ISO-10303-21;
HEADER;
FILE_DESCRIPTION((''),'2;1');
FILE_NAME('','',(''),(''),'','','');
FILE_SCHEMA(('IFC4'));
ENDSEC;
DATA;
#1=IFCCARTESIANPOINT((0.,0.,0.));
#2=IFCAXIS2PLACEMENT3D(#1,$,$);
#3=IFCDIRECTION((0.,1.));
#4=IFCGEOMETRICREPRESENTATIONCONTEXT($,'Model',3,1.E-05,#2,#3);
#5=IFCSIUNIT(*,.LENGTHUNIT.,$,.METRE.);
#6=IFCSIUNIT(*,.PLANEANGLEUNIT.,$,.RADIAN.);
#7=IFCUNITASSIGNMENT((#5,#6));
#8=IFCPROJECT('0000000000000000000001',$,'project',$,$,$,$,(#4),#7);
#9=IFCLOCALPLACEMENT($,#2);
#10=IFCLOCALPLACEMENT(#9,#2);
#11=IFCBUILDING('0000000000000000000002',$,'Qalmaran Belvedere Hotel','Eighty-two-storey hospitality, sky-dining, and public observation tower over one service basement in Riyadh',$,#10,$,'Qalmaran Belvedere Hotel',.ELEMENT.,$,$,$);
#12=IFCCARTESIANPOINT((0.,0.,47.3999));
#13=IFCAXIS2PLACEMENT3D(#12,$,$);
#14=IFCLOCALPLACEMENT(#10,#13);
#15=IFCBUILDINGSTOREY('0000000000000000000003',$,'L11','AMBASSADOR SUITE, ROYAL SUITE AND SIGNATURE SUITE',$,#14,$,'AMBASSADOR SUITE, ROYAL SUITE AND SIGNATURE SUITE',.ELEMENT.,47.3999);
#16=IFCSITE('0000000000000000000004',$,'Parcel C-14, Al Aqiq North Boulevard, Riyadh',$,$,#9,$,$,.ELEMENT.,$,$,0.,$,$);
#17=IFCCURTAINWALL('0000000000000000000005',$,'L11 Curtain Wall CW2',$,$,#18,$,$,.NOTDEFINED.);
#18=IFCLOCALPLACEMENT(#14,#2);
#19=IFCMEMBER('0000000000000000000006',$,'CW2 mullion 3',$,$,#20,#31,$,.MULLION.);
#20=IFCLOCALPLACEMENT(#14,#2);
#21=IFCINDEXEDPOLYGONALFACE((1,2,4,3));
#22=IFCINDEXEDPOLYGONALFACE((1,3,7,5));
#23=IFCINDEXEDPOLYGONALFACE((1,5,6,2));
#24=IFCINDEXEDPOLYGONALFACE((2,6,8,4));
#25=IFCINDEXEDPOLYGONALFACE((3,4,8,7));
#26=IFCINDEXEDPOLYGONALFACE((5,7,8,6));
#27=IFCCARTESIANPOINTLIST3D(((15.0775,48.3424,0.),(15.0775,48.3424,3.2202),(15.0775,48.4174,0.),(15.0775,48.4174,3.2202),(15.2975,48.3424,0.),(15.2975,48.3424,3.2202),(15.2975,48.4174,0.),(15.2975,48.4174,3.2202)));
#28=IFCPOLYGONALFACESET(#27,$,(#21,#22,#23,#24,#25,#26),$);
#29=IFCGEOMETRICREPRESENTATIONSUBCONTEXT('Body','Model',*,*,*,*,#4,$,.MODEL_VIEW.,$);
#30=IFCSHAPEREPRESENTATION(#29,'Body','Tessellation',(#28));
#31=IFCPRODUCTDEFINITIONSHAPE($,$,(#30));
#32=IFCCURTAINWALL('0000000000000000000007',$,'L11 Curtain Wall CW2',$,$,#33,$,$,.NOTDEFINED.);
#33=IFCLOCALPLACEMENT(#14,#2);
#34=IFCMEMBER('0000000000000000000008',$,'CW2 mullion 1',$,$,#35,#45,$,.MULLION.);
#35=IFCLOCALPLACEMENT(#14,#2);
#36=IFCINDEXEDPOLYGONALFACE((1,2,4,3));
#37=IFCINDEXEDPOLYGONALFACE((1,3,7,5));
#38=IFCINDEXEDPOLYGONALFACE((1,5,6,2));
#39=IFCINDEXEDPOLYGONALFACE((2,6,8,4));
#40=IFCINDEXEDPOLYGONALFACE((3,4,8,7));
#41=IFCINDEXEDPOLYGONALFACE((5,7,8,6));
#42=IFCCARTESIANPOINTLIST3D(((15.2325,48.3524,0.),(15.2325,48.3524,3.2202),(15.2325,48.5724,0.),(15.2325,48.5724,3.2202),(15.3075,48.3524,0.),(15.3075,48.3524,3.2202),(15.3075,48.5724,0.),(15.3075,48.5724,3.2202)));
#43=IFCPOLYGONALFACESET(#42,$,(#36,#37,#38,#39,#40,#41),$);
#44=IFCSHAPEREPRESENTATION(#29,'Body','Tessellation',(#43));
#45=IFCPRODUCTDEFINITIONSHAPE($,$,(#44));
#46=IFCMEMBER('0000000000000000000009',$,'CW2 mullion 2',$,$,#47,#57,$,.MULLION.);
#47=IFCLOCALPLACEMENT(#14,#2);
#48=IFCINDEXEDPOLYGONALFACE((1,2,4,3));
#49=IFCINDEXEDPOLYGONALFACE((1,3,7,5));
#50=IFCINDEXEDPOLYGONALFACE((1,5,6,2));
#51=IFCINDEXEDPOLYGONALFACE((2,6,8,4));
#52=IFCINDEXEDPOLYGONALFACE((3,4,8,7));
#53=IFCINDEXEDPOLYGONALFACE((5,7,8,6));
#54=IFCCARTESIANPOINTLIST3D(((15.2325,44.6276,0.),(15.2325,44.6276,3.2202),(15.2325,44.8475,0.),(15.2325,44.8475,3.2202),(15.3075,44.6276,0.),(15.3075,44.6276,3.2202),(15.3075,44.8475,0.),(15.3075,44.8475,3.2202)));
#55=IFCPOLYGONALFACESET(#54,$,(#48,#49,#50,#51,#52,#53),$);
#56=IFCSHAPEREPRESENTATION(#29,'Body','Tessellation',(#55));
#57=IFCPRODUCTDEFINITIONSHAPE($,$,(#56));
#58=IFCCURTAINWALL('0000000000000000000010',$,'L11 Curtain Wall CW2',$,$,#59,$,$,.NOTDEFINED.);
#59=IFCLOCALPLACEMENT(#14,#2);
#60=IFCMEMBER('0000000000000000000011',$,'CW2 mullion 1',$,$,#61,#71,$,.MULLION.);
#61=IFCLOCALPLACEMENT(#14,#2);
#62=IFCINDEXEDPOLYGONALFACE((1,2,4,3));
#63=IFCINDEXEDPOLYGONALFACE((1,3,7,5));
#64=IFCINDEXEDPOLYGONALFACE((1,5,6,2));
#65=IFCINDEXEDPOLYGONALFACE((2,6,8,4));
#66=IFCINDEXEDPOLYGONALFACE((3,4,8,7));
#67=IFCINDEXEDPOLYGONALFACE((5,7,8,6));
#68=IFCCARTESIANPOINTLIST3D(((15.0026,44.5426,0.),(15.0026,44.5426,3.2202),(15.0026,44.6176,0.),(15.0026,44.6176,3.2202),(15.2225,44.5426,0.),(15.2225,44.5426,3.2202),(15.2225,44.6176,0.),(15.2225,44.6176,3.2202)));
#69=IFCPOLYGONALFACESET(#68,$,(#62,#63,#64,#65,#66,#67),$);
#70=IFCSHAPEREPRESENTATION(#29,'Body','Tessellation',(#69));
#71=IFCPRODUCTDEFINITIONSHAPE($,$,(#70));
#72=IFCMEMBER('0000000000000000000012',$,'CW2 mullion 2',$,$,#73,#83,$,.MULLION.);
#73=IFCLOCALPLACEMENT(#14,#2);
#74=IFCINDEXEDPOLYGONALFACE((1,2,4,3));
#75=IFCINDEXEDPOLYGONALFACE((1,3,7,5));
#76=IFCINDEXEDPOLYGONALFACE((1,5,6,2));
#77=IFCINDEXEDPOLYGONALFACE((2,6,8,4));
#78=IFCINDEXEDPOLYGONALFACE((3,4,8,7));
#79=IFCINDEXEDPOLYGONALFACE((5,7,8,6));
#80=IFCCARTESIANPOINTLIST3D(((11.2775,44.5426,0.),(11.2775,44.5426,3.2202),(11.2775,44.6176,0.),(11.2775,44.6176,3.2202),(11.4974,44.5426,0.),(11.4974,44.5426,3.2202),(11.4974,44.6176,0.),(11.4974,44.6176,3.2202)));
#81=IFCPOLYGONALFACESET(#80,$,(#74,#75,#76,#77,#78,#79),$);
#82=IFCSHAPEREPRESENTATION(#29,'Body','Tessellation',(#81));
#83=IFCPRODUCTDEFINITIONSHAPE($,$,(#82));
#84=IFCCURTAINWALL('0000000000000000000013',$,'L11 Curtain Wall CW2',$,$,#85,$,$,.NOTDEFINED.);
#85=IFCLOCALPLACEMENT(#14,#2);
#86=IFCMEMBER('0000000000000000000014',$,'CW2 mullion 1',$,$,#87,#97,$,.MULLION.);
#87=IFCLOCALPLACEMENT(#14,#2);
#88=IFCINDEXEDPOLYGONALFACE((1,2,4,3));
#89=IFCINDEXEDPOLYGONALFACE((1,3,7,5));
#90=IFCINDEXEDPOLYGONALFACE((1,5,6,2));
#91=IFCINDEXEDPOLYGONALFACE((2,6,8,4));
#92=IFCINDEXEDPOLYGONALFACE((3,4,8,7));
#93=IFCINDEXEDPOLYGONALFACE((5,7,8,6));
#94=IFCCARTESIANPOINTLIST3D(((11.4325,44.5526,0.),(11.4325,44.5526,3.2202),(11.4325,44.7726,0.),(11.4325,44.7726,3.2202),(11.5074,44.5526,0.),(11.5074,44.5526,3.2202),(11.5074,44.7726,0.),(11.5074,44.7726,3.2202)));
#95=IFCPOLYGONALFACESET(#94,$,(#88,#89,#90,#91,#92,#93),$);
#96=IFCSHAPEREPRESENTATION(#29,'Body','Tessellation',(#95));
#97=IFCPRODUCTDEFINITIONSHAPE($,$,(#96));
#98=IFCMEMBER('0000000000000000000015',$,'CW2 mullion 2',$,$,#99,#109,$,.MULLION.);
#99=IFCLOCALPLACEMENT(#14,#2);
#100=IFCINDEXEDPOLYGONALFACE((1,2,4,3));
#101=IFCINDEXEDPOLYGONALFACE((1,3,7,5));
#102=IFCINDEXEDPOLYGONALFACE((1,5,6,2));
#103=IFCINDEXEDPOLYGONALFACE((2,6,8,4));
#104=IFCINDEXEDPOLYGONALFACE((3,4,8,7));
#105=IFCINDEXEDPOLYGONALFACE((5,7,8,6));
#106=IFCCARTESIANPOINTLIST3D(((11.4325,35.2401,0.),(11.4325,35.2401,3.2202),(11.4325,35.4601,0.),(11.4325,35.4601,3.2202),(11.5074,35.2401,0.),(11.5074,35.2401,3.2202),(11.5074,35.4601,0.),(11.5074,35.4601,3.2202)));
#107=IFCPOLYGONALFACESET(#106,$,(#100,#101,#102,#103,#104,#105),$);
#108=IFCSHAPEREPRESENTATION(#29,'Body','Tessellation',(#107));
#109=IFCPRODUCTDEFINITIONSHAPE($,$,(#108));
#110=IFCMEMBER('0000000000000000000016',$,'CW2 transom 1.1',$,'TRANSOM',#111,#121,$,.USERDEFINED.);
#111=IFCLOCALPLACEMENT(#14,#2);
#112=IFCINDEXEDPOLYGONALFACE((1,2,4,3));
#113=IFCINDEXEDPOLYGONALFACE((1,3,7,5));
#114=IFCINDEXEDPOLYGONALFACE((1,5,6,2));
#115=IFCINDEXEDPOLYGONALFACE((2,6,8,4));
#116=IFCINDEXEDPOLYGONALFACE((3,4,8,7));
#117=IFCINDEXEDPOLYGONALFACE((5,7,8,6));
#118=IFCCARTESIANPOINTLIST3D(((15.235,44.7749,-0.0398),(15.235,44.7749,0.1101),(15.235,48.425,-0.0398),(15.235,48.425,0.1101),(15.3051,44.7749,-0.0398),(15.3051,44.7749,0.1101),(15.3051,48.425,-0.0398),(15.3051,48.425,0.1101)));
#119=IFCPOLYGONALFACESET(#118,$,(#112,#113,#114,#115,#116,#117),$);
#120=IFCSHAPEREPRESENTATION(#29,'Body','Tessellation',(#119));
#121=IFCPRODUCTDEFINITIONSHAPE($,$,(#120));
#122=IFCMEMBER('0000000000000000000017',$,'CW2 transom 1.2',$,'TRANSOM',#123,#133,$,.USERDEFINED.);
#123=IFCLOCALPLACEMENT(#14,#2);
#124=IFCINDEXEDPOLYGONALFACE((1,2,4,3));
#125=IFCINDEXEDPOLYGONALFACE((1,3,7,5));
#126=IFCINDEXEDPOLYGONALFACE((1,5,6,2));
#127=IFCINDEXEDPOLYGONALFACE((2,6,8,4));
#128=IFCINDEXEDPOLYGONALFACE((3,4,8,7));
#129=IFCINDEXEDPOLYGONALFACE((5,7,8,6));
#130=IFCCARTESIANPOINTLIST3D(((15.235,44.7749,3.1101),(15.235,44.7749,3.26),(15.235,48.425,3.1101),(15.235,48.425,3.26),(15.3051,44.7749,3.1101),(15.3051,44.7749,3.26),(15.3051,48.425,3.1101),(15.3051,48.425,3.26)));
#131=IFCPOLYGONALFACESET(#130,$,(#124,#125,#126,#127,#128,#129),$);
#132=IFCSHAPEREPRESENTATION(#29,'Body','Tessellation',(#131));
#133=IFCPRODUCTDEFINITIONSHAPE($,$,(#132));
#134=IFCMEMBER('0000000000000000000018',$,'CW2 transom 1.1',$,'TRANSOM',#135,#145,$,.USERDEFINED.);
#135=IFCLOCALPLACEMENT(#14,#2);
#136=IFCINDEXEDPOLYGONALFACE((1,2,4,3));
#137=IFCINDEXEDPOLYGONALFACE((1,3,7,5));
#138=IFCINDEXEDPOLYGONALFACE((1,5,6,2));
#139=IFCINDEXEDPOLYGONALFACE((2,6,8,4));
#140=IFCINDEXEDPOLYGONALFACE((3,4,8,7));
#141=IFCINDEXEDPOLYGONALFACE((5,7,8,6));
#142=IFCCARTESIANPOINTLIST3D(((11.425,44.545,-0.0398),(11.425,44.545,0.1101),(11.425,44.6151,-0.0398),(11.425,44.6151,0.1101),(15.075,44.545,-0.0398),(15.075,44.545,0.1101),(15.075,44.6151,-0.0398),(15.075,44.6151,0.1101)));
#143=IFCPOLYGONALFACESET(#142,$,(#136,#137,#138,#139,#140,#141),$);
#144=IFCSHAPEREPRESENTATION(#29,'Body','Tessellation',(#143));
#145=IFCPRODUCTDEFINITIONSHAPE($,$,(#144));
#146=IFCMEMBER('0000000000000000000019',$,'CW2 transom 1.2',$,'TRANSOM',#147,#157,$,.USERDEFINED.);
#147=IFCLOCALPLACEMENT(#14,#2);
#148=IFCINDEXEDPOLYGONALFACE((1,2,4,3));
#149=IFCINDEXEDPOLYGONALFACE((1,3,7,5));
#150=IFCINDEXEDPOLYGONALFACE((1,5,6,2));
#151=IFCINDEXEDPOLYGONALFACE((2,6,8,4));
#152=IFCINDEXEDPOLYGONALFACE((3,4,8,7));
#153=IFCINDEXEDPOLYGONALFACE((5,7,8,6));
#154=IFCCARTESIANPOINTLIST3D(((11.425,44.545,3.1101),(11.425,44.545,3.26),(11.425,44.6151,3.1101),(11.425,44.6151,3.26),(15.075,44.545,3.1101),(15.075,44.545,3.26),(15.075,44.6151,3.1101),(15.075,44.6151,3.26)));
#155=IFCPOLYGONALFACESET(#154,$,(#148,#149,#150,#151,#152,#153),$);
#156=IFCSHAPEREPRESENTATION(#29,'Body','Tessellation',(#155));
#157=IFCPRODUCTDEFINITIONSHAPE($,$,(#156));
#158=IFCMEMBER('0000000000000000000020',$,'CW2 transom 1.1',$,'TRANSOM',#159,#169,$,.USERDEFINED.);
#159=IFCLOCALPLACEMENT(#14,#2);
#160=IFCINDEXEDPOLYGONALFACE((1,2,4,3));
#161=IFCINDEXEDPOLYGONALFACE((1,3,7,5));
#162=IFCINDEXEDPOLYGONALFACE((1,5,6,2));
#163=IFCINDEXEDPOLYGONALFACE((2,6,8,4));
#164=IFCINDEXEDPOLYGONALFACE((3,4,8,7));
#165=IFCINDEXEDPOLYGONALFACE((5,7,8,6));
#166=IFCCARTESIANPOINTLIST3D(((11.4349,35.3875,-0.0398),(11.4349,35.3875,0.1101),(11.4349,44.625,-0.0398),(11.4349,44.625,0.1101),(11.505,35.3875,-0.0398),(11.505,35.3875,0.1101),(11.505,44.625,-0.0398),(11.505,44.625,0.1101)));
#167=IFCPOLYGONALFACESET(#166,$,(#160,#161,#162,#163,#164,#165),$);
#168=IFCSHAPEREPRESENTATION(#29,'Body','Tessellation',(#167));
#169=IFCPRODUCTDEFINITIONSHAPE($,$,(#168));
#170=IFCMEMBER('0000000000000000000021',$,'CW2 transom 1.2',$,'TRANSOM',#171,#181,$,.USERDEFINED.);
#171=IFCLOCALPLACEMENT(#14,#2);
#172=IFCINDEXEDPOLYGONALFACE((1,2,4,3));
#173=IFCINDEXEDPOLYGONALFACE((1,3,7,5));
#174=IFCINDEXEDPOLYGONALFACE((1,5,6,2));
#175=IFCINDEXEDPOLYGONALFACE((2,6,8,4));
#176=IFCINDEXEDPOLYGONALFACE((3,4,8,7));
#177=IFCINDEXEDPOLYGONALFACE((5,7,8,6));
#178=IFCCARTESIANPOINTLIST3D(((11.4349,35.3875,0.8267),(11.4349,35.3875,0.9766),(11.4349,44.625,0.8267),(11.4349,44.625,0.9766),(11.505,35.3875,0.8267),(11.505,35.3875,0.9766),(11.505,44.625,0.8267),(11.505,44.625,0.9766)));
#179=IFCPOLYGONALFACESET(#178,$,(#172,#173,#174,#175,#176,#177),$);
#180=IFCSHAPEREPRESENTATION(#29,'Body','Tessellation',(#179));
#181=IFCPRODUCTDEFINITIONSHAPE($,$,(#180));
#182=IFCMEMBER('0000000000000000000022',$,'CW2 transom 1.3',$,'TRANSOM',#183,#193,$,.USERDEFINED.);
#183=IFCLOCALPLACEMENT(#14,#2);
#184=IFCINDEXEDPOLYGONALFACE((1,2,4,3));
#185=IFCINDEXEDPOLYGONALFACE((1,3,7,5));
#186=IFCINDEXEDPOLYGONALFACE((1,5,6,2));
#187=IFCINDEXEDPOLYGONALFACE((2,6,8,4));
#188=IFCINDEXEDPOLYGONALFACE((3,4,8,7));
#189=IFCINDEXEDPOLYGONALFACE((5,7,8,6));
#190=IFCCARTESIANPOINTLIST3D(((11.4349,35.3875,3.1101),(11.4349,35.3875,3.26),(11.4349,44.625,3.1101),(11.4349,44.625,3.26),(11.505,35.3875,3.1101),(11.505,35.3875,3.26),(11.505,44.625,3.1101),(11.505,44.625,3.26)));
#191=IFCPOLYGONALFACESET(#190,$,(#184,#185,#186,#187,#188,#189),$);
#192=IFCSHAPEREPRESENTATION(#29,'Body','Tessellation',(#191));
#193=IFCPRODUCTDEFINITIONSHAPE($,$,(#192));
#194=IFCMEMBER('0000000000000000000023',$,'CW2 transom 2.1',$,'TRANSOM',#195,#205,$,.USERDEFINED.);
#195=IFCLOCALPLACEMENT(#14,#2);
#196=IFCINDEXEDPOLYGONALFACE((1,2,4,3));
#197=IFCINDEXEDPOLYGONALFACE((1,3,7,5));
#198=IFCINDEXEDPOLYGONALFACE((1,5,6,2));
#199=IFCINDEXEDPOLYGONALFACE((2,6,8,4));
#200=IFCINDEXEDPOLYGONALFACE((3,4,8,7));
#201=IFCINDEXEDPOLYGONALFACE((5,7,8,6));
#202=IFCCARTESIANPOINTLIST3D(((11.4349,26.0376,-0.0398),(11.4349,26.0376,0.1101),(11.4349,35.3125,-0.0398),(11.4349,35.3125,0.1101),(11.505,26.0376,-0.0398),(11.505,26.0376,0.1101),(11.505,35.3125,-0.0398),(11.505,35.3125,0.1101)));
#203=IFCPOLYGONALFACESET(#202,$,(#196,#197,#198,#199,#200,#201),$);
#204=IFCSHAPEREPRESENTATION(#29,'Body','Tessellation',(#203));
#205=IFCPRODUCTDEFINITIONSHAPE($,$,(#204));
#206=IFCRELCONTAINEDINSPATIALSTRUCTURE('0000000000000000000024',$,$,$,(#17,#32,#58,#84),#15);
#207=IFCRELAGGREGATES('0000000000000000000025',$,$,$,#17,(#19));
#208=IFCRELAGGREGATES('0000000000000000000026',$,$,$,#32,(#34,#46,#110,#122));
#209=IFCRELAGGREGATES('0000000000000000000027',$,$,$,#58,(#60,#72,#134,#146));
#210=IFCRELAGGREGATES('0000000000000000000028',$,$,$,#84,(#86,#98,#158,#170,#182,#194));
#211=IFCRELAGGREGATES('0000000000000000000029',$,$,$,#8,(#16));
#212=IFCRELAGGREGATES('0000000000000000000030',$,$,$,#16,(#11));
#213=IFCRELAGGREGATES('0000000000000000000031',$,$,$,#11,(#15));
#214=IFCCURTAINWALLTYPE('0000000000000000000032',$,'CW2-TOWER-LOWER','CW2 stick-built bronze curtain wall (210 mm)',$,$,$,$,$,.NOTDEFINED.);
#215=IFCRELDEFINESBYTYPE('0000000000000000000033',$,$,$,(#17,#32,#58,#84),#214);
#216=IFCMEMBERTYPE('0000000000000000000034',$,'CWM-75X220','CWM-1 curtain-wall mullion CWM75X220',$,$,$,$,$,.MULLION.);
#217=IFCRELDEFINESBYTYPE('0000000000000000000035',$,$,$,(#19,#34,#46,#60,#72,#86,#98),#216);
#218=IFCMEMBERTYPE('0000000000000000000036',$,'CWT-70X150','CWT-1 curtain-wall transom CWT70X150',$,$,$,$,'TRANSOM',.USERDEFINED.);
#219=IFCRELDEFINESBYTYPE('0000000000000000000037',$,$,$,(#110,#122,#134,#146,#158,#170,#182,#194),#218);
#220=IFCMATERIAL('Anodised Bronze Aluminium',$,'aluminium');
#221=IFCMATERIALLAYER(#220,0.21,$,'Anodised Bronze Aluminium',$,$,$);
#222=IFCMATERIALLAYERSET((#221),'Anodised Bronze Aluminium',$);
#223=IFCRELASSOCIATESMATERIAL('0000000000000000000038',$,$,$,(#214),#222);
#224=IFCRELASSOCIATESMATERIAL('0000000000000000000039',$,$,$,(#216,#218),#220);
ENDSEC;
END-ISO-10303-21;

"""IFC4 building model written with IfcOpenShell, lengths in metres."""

from ifc_helpers import new_model, si_unit, direction, frame, origin, origin_2d, place, context, subcontext, project, spatial, rectangle, extrude, material, layer, layer_set, material_profile, profile_set, type_object, element, aggregate, save


model = new_model("IFC4")

# Units and contexts
model_context = context("Model", 3, precision=1e-05, world=origin(), true_north=direction((0.0, 1.0)))
body_context = subcontext(model_context, "Body", "Model", "MODEL_VIEW")
ifc_project = project(units=[si_unit("LENGTHUNIT", "METRE"), si_unit("PLANEANGLEUNIT", "RADIAN")], contexts=[model_context])

# Site, building, storey
site_placement = place(None, origin())
site = spatial("IfcSite", under=ifc_project, at=site_placement, Name="Parcel C-14, Al Aqiq North Boulevard, Riyadh", CompositionType="ELEMENT", RefElevation=0.0)
building_placement = place(site_placement, origin())
building = spatial("IfcBuilding", under=site, at=building_placement, Name="Qalmaran Belvedere Hotel", Description="Eighty-two-storey hospitality, sky-dining, and public observation tower over one service basement in Riyadh", LongName="Qalmaran Belvedere Hotel", CompositionType="ELEMENT")
storey_placement = place(building_placement, frame((0.0, 0.0, 47.3999)))
storey = spatial("IfcBuildingStorey", under=building, at=storey_placement, Name="L11", Description="AMBASSADOR SUITE, ROYAL SUITE AND SIGNATURE SUITE", LongName="AMBASSADOR SUITE, ROYAL SUITE AND SIGNATURE SUITE", CompositionType="ELEMENT", Elevation=47.3999)

# Curtain wall, member
ifc_material_1 = material(Name="Anodised Bronze Aluminium", Category="aluminium")
ifc_layer_1 = layer(ifc_material_1, 0.21, Name="Anodised Bronze Aluminium")
ifc_layer_set_1 = layer_set([ifc_layer_1], Name="Anodised Bronze Aluminium")
curtain_wall_type = type_object("IfcCurtainWallType", Name="CW2-TOWER-LOWER", Description="CW2 stick-built bronze curtain wall (210 mm)", PredefinedType="NOTDEFINED", material=ifc_layer_set_1)
curtain_wall_1_placement = place(storey_placement, origin())
curtain_wall_1 = element("IfcCurtainWall", 1, at=curtain_wall_1_placement, inside=storey, type_object=curtain_wall_type, Name="L11 Curtain Wall CW2", PredefinedType="NOTDEFINED")
ifc_material_profile_1 = material_profile(ifc_material_1, rectangle(XDim=0.075, YDim=0.22, at=origin_2d()), Name="CWM75X220")
ifc_profile_set_1 = profile_set([ifc_material_profile_1], Name="Anodised Bronze Aluminium")
member_type_1 = type_object("IfcMemberType", Name="CWM-75X220", Description="CWM-1 curtain-wall mullion CWM75X220", PredefinedType="MULLION", material=ifc_profile_set_1)
member_1_placement = place(storey_placement, frame((15.1875, 48.3799, 0.0), z_axis=(0.0, 0.0, 1.0), x_axis=(0.0, -1.0, 0.0)))
member_1 = element("IfcMember", 2, at=member_1_placement, type_object=member_type_1, Name="CW2 mullion 3", PredefinedType="MULLION", context=body_context, shape_type="SweptSolid", body=[
    extrude(rectangle(XDim=0.075, YDim=0.22, at=origin_2d()), origin(), (0.0, 0.0, 1.0), 3.2202),
])

# Curtain walls, members
curtain_wall_2_placement = place(storey_placement, origin())
curtain_wall_2 = element("IfcCurtainWall", 3, at=curtain_wall_2_placement, inside=storey, type_object=curtain_wall_type, Name="L11 Curtain Wall CW2", PredefinedType="NOTDEFINED")
member_2_placement = place(storey_placement, frame((15.27, 48.4624, 0.0), z_axis=(0.0, 0.0, 1.0), x_axis=(1.0, 0.0, 0.0)))
member_2 = element("IfcMember", 4, at=member_2_placement, type_object=member_type_1, Name="CW2 mullion 1", PredefinedType="MULLION", context=body_context, shape_type="SweptSolid", body=[
    extrude(rectangle(XDim=0.075, YDim=0.22, at=origin_2d()), origin(), (0.0, 0.0, 1.0), 3.2202),
])
member_3_placement = place(storey_placement, frame((15.27, 44.7375, 0.0), z_axis=(0.0, 0.0, 1.0), x_axis=(1.0, 0.0, 0.0)))
member_3 = element("IfcMember", 5, at=member_3_placement, type_object=member_type_1, Name="CW2 mullion 2", PredefinedType="MULLION", context=body_context, shape_type="SweptSolid", body=[
    extrude(rectangle(XDim=0.075, YDim=0.22, at=origin_2d()), origin(), (0.0, 0.0, 1.0), 3.2202),
])
curtain_wall_3_placement = place(storey_placement, origin())
curtain_wall_3 = element("IfcCurtainWall", 6, at=curtain_wall_3_placement, inside=storey, type_object=curtain_wall_type, Name="L11 Curtain Wall CW2", PredefinedType="NOTDEFINED")
member_4_placement = place(storey_placement, frame((15.1125, 44.5801, 0.0), z_axis=(0.0, 0.0, 1.0), x_axis=(0.0, -1.0, 0.0)))
member_4 = element("IfcMember", 7, at=member_4_placement, type_object=member_type_1, Name="CW2 mullion 1", PredefinedType="MULLION", context=body_context, shape_type="SweptSolid", body=[
    extrude(rectangle(XDim=0.075, YDim=0.22, at=origin_2d()), origin(), (0.0, 0.0, 1.0), 3.2202),
])
member_5_placement = place(storey_placement, frame((11.3875, 44.5801, 0.0), z_axis=(0.0, 0.0, 1.0), x_axis=(0.0, -1.0, 0.0)))
member_5 = element("IfcMember", 8, at=member_5_placement, type_object=member_type_1, Name="CW2 mullion 2", PredefinedType="MULLION", context=body_context, shape_type="SweptSolid", body=[
    extrude(rectangle(XDim=0.075, YDim=0.22, at=origin_2d()), origin(), (0.0, 0.0, 1.0), 3.2202),
])
curtain_wall_4_placement = place(storey_placement, origin())
curtain_wall_4 = element("IfcCurtainWall", 9, at=curtain_wall_4_placement, inside=storey, type_object=curtain_wall_type, Name="L11 Curtain Wall CW2", PredefinedType="NOTDEFINED")
member_6_placement = place(storey_placement, frame((11.47, 44.6626, 0.0), z_axis=(0.0, 0.0, 1.0), x_axis=(1.0, 0.0, 0.0)))
member_6 = element("IfcMember", 10, at=member_6_placement, type_object=member_type_1, Name="CW2 mullion 1", PredefinedType="MULLION", context=body_context, shape_type="SweptSolid", body=[
    extrude(rectangle(XDim=0.075, YDim=0.22, at=origin_2d()), origin(), (0.0, 0.0, 1.0), 3.2202),
])
member_7_placement = place(storey_placement, frame((11.47, 35.3501, 0.0), z_axis=(0.0, 0.0, 1.0), x_axis=(1.0, 0.0, 0.0)))
member_7 = element("IfcMember", 11, at=member_7_placement, type_object=member_type_1, Name="CW2 mullion 2", PredefinedType="MULLION", context=body_context, shape_type="SweptSolid", body=[
    extrude(rectangle(XDim=0.075, YDim=0.22, at=origin_2d()), origin(), (0.0, 0.0, 1.0), 3.2202),
])

# Members
ifc_material_profile_2 = material_profile(ifc_material_1, rectangle(XDim=0.0701, YDim=0.1499, at=origin_2d()), Name="CWT70X150")
ifc_profile_set_2 = profile_set([ifc_material_profile_2], Name="Anodised Bronze Aluminium")
member_type_2 = type_object("IfcMemberType", Name="CWT-70X150", Description="CWT-1 curtain-wall transom CWT70X150", ElementType="TRANSOM", PredefinedType="USERDEFINED", material=ifc_profile_set_2)
member_8_placement = place(storey_placement, frame((15.27, 48.425, 0.0352), z_axis=(0.0, -1.0, 0.0), x_axis=(1.0, 0.0, 0.0)))
member_8 = element("IfcMember", 12, at=member_8_placement, type_object=member_type_2, Name="CW2 transom 1.1", ObjectType="TRANSOM", PredefinedType="USERDEFINED", context=body_context, shape_type="SweptSolid", body=[
    extrude(rectangle(XDim=0.0701, YDim=0.1499, at=origin_2d()), origin(), (0.0, 0.0, 1.0), 3.6501),
])
member_9_placement = place(storey_placement, frame((15.27, 48.425, 3.1851), z_axis=(0.0, -1.0, 0.0), x_axis=(1.0, 0.0, 0.0)))
member_9 = element("IfcMember", 13, at=member_9_placement, type_object=member_type_2, Name="CW2 transom 1.2", ObjectType="TRANSOM", PredefinedType="USERDEFINED", context=body_context, shape_type="SweptSolid", body=[
    extrude(rectangle(XDim=0.0701, YDim=0.1499, at=origin_2d()), origin(), (0.0, 0.0, 1.0), 3.6501),
])
member_10_placement = place(storey_placement, frame((15.075, 44.5801, 0.0352), z_axis=(-1.0, 0.0, 0.0), x_axis=(0.0, -1.0, 0.0)))
member_10 = element("IfcMember", 14, at=member_10_placement, type_object=member_type_2, Name="CW2 transom 1.1", ObjectType="TRANSOM", PredefinedType="USERDEFINED", context=body_context, shape_type="SweptSolid", body=[
    extrude(rectangle(XDim=0.0701, YDim=0.1499, at=origin_2d()), origin(), (0.0, 0.0, 1.0), 3.6499),
])
member_11_placement = place(storey_placement, frame((15.075, 44.5801, 3.1851), z_axis=(-1.0, 0.0, 0.0), x_axis=(0.0, -1.0, 0.0)))
member_11 = element("IfcMember", 15, at=member_11_placement, type_object=member_type_2, Name="CW2 transom 1.2", ObjectType="TRANSOM", PredefinedType="USERDEFINED", context=body_context, shape_type="SweptSolid", body=[
    extrude(rectangle(XDim=0.0701, YDim=0.1499, at=origin_2d()), origin(), (0.0, 0.0, 1.0), 3.6499),
])
member_12_placement = place(storey_placement, frame((11.47, 44.625, 0.0352), z_axis=(0.0, -1.0, 0.0), x_axis=(1.0, 0.0, 0.0)))
member_12 = element("IfcMember", 16, at=member_12_placement, type_object=member_type_2, Name="CW2 transom 1.1", ObjectType="TRANSOM", PredefinedType="USERDEFINED", context=body_context, shape_type="SweptSolid", body=[
    extrude(rectangle(XDim=0.0701, YDim=0.1499, at=origin_2d()), origin(), (0.0, 0.0, 1.0), 9.2375),
])
member_13_placement = place(storey_placement, frame((11.47, 44.625, 0.9016), z_axis=(0.0, -1.0, 0.0), x_axis=(1.0, 0.0, 0.0)))
member_13 = element("IfcMember", 17, at=member_13_placement, type_object=member_type_2, Name="CW2 transom 1.2", ObjectType="TRANSOM", PredefinedType="USERDEFINED", context=body_context, shape_type="SweptSolid", body=[
    extrude(rectangle(XDim=0.0701, YDim=0.1499, at=origin_2d()), origin(), (0.0, 0.0, 1.0), 9.2375),
])
member_14_placement = place(storey_placement, frame((11.47, 44.625, 3.1851), z_axis=(0.0, -1.0, 0.0), x_axis=(1.0, 0.0, 0.0)))
member_14 = element("IfcMember", 18, at=member_14_placement, type_object=member_type_2, Name="CW2 transom 1.3", ObjectType="TRANSOM", PredefinedType="USERDEFINED", context=body_context, shape_type="SweptSolid", body=[
    extrude(rectangle(XDim=0.0701, YDim=0.1499, at=origin_2d()), origin(), (0.0, 0.0, 1.0), 9.2375),
])
member_15_placement = place(storey_placement, frame((11.47, 35.3125, 0.0352), z_axis=(0.0, -1.0, 0.0), x_axis=(1.0, 0.0, 0.0)))
member_15 = element("IfcMember", 19, at=member_15_placement, type_object=member_type_2, Name="CW2 transom 2.1", ObjectType="TRANSOM", PredefinedType="USERDEFINED", context=body_context, shape_type="SweptSolid", body=[
    extrude(rectangle(XDim=0.0701, YDim=0.1499, at=origin_2d()), origin(), (0.0, 0.0, 1.0), 9.2749),
])

aggregate(curtain_wall_1, [member_1])
aggregate(curtain_wall_2, [member_2, member_3, member_8, member_9])
aggregate(curtain_wall_3, [member_4, member_5, member_10, member_11])
aggregate(curtain_wall_4, [member_6, member_7, member_12, member_13, member_14, member_15])

save(model, "model.ifc")
